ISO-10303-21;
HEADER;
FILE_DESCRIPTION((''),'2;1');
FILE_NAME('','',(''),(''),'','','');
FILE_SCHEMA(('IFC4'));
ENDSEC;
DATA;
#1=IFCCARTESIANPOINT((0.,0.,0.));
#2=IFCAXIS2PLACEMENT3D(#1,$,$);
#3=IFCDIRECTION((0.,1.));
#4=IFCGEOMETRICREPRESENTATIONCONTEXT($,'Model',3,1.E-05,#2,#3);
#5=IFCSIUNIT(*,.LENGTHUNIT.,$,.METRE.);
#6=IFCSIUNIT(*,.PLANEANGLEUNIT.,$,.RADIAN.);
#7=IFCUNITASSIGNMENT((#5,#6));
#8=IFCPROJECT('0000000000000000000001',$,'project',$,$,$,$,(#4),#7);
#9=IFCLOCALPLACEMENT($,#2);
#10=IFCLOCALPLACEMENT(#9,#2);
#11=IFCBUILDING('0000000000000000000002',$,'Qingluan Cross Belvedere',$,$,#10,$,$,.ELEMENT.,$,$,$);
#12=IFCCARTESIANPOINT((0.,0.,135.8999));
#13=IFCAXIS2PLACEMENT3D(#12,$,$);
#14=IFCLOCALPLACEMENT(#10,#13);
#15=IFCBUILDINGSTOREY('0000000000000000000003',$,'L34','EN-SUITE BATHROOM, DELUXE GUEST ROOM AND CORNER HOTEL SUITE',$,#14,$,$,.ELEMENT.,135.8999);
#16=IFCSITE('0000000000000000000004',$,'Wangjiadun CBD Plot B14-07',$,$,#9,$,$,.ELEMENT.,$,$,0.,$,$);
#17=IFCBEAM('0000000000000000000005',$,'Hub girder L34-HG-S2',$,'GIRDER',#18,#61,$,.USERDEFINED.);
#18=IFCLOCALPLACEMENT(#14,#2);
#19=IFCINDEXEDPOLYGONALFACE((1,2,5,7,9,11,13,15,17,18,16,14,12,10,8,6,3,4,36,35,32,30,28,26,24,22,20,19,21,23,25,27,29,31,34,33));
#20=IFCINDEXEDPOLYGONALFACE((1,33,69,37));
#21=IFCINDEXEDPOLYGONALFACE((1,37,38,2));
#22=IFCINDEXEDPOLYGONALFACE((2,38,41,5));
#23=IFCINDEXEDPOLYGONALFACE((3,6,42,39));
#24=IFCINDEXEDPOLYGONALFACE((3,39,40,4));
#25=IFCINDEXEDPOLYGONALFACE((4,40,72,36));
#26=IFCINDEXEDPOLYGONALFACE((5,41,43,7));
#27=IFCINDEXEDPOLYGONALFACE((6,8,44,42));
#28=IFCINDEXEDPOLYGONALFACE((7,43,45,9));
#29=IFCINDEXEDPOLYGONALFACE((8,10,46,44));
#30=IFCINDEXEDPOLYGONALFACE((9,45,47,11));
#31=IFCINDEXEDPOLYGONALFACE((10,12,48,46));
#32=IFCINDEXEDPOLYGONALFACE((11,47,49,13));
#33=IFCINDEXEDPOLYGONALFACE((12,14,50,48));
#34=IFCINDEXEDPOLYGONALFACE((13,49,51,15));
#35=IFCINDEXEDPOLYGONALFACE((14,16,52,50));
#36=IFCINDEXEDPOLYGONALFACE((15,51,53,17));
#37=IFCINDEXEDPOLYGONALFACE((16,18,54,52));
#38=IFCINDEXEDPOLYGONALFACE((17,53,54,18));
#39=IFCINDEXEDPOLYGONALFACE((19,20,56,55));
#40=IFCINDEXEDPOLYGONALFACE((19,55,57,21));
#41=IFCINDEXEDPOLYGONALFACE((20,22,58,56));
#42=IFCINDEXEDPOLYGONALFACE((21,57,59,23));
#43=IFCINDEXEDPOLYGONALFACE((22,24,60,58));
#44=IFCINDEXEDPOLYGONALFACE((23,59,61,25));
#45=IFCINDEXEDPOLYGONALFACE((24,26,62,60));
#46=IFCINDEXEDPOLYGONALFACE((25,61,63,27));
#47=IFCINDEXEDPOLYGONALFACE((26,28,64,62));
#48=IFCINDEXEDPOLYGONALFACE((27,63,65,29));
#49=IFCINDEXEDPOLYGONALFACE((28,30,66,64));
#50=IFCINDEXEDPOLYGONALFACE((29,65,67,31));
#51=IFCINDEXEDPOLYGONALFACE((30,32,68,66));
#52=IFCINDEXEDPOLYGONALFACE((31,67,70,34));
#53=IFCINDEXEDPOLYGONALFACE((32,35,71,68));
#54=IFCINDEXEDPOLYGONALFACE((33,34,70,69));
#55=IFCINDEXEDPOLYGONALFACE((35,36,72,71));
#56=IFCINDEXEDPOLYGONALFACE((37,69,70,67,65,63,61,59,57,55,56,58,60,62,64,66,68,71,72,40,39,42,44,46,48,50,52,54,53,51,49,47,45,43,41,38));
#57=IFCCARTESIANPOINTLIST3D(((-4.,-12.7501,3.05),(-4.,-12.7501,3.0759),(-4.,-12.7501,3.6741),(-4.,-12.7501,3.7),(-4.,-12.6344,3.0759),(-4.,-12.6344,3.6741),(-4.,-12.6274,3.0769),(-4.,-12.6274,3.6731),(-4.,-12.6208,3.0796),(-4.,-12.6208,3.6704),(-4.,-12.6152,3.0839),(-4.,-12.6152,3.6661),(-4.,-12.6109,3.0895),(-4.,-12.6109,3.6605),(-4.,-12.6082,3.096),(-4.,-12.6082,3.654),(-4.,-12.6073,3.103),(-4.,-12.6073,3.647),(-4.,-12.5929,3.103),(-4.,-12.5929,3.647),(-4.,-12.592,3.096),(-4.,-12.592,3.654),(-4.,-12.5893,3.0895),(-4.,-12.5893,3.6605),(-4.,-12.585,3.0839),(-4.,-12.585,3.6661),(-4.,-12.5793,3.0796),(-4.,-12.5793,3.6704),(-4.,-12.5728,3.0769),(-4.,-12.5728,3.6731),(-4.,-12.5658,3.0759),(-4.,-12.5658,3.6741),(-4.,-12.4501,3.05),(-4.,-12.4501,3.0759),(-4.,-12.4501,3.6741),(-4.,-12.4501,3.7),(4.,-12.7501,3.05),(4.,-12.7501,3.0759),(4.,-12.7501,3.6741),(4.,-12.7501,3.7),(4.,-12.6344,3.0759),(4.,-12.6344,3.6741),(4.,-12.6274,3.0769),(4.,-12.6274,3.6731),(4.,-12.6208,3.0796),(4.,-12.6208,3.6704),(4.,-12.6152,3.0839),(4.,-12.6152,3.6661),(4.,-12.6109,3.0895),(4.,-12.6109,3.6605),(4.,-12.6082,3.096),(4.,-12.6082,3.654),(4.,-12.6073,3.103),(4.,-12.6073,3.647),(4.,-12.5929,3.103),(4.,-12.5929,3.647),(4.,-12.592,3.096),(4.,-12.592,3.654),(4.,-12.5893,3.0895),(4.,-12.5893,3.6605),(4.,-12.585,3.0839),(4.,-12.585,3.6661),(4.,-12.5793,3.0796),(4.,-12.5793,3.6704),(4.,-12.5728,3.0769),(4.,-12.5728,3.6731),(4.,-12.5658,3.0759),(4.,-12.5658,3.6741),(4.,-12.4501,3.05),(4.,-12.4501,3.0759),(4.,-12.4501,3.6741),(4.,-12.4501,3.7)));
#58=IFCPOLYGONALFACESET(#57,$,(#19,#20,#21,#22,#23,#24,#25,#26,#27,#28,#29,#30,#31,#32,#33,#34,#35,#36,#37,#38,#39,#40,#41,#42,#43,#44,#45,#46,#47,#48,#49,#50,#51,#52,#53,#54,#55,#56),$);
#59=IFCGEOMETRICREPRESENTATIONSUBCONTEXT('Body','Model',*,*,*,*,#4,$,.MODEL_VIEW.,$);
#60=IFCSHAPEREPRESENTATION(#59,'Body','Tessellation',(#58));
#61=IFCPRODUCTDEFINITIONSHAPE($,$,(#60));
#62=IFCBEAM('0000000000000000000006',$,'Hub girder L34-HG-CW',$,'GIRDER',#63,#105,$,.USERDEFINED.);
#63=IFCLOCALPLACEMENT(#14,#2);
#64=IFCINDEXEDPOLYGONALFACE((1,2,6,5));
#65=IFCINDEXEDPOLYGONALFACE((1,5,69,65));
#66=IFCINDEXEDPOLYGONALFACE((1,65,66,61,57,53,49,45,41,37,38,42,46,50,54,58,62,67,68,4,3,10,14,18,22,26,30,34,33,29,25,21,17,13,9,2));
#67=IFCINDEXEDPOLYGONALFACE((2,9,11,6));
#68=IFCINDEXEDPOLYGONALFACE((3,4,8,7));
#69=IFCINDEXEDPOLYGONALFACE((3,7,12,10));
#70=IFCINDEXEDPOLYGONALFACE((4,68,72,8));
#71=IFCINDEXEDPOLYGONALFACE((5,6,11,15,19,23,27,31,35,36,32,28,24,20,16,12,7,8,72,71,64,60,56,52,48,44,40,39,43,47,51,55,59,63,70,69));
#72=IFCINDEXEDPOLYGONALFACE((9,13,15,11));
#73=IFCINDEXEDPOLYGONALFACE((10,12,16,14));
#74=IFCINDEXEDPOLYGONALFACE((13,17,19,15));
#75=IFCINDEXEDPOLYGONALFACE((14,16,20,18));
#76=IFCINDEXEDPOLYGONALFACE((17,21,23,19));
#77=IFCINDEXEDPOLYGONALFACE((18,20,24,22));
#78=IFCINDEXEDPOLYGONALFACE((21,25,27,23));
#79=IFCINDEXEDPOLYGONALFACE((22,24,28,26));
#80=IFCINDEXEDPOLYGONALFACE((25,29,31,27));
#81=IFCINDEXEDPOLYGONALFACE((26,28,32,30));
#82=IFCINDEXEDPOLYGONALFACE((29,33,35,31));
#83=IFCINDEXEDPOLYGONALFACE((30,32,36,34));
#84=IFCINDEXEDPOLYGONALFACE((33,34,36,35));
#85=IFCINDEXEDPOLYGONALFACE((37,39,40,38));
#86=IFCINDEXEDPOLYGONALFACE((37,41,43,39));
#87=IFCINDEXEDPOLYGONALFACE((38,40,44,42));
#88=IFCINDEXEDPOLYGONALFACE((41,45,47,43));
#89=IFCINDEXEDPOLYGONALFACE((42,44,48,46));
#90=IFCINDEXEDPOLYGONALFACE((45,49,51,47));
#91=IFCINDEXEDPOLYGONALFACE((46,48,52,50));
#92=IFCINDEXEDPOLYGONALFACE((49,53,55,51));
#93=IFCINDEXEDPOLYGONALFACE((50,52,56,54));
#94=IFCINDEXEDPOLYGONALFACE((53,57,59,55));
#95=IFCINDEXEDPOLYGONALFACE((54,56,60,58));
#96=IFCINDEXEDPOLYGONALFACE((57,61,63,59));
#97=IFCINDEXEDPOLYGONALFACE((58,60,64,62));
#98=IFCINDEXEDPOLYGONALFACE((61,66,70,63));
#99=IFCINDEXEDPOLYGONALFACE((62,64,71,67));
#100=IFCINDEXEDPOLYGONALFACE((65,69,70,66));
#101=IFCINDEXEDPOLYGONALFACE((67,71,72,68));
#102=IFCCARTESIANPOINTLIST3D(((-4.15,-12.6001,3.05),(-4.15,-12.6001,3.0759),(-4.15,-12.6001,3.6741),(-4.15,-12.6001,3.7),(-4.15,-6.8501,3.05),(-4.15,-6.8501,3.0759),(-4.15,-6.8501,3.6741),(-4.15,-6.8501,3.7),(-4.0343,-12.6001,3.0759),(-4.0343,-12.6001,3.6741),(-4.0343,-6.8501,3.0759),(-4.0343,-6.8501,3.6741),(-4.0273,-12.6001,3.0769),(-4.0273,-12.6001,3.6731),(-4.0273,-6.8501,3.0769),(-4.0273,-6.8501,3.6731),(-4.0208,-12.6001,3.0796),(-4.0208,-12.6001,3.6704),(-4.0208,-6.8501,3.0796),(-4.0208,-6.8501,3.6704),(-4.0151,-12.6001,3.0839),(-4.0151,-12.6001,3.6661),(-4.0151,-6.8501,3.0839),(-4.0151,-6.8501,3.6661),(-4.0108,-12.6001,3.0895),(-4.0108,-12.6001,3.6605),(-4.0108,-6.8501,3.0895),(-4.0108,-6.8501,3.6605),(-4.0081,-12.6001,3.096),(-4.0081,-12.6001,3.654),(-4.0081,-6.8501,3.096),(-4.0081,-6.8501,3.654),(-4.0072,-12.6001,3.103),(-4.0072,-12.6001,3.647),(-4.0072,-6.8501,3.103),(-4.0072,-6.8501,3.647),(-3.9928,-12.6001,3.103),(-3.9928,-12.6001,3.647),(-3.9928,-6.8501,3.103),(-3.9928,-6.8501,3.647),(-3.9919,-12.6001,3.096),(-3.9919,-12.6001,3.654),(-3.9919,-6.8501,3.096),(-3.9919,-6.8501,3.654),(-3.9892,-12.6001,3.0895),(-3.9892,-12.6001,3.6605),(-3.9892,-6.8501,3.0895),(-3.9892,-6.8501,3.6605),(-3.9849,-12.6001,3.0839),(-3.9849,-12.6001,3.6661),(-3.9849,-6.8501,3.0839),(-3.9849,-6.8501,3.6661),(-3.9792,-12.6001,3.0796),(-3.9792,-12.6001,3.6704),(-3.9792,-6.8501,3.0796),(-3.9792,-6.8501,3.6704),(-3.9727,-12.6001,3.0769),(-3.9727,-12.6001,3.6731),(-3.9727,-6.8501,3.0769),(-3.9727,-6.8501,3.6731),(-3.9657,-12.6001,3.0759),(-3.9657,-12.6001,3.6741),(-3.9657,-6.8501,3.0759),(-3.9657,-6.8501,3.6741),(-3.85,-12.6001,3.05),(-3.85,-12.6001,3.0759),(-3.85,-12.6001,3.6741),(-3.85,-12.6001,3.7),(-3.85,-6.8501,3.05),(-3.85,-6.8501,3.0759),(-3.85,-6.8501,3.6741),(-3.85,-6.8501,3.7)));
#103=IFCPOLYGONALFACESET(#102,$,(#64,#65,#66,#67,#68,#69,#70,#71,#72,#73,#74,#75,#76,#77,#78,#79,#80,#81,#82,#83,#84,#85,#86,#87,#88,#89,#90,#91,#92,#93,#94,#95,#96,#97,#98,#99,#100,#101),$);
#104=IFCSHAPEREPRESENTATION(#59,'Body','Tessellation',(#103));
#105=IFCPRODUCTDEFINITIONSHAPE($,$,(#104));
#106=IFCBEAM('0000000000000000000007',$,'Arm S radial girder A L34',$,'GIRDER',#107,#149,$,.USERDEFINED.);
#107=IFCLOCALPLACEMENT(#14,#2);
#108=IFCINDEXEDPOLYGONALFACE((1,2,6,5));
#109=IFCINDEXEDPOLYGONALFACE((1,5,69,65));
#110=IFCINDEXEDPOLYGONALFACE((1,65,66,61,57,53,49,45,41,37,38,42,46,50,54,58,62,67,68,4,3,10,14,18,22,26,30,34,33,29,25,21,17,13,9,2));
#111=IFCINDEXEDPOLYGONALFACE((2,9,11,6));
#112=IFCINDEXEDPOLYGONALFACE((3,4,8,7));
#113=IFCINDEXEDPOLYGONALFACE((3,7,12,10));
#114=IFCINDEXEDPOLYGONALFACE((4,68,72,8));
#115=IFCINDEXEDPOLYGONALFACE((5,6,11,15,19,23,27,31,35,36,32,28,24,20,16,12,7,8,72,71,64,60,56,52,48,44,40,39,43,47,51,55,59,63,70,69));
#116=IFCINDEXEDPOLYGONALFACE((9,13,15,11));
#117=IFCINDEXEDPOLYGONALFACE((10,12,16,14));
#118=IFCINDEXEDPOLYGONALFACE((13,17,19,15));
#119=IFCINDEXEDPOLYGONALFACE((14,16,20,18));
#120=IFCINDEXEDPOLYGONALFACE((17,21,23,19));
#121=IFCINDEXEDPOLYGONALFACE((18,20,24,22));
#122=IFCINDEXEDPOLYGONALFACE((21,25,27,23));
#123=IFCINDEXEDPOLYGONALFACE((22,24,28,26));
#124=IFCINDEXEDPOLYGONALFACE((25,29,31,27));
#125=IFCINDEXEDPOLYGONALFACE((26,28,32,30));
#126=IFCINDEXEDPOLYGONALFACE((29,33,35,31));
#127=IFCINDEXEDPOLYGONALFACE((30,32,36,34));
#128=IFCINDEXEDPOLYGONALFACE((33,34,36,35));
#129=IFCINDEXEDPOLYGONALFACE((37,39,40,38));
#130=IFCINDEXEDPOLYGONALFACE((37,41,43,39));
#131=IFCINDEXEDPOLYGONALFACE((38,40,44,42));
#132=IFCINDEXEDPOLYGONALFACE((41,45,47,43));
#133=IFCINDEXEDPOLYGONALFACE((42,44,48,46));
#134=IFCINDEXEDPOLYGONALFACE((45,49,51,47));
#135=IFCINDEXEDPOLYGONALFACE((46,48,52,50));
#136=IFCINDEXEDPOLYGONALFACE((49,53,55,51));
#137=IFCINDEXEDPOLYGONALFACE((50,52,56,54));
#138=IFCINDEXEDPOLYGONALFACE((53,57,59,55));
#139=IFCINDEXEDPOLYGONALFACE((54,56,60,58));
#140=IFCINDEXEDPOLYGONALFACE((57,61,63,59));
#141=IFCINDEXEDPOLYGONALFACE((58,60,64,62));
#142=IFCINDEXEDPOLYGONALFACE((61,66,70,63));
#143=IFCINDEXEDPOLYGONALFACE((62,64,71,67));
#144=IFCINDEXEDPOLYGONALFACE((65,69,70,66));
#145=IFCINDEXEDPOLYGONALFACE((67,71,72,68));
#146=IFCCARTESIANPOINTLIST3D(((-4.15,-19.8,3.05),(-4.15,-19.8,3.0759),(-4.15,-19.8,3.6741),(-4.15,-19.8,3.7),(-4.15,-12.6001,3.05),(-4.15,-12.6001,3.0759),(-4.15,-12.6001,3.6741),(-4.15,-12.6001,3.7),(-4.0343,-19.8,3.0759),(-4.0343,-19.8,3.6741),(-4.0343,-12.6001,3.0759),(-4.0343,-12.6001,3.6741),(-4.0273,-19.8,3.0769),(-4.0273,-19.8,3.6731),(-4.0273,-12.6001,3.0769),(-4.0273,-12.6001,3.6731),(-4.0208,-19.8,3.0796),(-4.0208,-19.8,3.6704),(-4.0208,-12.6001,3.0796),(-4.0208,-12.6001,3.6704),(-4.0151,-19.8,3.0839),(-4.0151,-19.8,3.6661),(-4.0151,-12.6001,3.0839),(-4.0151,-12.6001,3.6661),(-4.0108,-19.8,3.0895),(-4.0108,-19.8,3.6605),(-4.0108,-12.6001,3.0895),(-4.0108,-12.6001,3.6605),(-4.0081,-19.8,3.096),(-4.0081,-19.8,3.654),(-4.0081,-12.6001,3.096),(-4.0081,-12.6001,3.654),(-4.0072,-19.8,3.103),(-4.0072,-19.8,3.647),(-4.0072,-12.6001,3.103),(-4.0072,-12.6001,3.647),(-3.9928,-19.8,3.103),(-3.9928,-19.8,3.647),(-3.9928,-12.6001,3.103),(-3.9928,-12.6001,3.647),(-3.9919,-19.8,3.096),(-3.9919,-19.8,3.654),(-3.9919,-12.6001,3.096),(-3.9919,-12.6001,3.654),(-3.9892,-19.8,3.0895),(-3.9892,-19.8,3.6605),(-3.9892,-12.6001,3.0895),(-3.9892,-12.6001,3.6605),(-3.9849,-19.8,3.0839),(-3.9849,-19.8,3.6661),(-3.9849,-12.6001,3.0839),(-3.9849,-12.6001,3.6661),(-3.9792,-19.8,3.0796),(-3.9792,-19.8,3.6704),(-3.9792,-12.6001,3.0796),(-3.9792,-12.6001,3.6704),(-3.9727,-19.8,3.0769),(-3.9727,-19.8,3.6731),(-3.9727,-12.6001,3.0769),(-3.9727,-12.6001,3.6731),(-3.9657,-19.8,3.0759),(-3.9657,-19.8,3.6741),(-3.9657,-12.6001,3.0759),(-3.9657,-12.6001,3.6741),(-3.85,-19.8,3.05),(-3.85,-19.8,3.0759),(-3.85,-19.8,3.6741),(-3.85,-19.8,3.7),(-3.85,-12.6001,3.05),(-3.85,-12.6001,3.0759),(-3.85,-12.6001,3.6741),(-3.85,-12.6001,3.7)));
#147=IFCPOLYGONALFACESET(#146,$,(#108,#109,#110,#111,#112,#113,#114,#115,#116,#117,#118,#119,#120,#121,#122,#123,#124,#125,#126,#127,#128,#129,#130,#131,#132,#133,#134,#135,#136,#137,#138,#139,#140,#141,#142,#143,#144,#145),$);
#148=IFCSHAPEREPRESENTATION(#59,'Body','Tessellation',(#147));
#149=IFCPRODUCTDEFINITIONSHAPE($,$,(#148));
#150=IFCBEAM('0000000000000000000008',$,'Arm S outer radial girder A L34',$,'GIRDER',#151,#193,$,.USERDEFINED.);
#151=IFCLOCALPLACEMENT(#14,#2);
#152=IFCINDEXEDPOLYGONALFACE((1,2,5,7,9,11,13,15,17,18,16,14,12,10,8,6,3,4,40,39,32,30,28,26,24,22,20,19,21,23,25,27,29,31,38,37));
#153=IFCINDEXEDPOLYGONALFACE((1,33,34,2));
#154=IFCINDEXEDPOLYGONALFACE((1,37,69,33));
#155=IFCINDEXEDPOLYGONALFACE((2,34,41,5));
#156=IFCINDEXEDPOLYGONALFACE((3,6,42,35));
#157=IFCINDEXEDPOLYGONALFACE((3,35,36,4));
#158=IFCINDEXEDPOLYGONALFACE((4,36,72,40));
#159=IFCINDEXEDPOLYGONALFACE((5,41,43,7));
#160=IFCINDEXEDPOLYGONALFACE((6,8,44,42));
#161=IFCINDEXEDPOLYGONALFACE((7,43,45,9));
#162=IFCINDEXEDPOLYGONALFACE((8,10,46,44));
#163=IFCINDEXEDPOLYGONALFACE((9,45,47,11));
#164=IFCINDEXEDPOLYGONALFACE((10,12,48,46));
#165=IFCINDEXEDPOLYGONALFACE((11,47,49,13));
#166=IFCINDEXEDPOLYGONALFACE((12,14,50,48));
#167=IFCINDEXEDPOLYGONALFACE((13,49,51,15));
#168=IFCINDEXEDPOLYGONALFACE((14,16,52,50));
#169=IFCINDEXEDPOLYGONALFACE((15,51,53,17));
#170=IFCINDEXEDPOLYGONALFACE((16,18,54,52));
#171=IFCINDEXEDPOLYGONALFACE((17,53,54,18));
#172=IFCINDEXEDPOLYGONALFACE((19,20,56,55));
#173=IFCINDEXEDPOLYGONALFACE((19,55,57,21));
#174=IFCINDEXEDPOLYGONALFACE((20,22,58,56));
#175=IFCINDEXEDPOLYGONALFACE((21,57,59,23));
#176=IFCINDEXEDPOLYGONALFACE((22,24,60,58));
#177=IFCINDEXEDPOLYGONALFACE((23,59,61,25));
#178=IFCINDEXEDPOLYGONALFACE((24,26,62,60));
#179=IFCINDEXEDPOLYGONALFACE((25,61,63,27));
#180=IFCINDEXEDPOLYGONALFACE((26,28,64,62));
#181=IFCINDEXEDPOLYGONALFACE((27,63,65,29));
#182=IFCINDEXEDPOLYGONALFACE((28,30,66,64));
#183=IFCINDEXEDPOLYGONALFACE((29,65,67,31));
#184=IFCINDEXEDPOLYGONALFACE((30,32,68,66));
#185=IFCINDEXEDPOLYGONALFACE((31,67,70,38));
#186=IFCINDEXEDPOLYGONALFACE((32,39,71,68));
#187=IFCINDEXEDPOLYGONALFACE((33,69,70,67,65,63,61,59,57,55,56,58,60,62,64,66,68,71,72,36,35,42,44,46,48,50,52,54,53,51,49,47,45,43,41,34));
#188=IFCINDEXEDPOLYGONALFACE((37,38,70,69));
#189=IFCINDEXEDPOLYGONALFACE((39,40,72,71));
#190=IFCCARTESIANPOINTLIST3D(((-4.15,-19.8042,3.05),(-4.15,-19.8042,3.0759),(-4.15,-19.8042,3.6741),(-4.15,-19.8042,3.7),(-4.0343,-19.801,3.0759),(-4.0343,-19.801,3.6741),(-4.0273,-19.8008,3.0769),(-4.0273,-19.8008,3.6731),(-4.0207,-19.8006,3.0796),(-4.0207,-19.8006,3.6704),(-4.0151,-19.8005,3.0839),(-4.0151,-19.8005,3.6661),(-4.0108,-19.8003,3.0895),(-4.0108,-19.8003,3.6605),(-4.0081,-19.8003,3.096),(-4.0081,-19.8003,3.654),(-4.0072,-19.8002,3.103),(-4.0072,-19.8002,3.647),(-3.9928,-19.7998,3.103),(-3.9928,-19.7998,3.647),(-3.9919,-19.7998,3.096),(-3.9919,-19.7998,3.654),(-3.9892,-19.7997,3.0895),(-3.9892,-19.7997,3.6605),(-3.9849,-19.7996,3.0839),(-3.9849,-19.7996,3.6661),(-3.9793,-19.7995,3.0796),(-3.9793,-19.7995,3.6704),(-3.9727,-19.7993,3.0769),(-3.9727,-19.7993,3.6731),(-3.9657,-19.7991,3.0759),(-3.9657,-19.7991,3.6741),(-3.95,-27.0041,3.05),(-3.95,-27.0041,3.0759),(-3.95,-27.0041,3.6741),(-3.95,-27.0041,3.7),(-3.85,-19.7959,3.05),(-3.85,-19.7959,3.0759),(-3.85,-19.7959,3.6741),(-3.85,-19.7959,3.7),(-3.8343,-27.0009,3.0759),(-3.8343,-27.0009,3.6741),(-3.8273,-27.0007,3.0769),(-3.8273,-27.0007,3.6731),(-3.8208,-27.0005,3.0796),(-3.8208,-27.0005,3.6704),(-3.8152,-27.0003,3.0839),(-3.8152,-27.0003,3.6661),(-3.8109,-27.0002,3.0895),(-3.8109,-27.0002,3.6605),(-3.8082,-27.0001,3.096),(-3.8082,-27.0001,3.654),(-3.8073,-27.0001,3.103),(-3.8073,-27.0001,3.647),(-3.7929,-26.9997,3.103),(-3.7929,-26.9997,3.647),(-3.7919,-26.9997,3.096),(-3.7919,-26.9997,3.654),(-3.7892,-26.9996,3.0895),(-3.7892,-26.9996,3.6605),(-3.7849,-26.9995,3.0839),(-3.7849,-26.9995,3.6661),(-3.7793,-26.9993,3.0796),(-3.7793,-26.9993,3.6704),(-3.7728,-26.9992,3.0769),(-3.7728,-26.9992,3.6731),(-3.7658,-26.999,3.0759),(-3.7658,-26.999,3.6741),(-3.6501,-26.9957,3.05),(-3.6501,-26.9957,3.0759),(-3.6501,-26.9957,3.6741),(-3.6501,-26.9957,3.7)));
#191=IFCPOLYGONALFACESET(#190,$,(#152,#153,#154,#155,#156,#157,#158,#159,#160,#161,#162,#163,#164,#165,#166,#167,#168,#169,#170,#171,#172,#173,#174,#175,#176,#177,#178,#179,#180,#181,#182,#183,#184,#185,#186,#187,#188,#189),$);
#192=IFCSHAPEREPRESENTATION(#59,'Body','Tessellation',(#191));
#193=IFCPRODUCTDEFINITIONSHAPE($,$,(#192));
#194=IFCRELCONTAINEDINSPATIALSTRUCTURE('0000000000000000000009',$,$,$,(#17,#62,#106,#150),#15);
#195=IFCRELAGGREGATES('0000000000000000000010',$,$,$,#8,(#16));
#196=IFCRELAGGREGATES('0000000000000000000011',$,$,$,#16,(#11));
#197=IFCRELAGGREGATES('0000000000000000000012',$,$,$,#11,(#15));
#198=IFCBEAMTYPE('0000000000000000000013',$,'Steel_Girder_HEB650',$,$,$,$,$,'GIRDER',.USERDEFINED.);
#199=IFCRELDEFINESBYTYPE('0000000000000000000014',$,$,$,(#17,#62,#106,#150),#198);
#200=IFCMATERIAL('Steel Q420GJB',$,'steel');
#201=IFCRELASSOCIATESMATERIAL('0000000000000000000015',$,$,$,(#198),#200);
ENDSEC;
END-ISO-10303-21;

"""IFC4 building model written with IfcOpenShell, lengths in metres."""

from ifc_helpers import new_model, si_unit, direction, frame, origin, origin_2d, place, context, subcontext, project, spatial, i_section, extrude, material, material_profile, profile_set, type_object, element, save


model = new_model("IFC4")

# Units and contexts
model_context = context("Model", 3, precision=1e-05, world=origin(), true_north=direction((0.0, 1.0)))
body_context = subcontext(model_context, "Body", "Model", "MODEL_VIEW")
ifc_project = project(units=[si_unit("LENGTHUNIT", "METRE"), si_unit("PLANEANGLEUNIT", "RADIAN")], contexts=[model_context])

# Site, building, storey
site_placement = place(None, origin())
site = spatial("IfcSite", under=ifc_project, at=site_placement, Name="Wangjiadun CBD Plot B14-07", CompositionType="ELEMENT", RefElevation=0.0)
building_placement = place(site_placement, origin())
building = spatial("IfcBuilding", under=site, at=building_placement, Name="Qingluan Cross Belvedere", CompositionType="ELEMENT")
storey_placement = place(building_placement, frame((0.0, 0.0, 135.8999)))
storey = spatial("IfcBuildingStorey", under=building, at=storey_placement, Name="L34", Description="EN-SUITE BATHROOM, DELUXE GUEST ROOM AND CORNER HOTEL SUITE", CompositionType="ELEMENT", Elevation=135.8999)

# Beams
ifc_material_1 = material(Name="Steel Q420GJB", Category="steel")
ifc_material_profile_1 = material_profile(ifc_material_1, i_section(OverallWidth=0.3, OverallDepth=0.6499, WebThickness=0.0144, FlangeThickness=0.0259, FilletRadius=0.0271, at=origin_2d()), Name="HEB650")
ifc_profile_set_1 = profile_set([ifc_material_profile_1], Name="Steel Q420GJB")
beam_type_1 = type_object("IfcBeamType", Name="Steel_Girder_HEB650", ElementType="GIRDER", PredefinedType="USERDEFINED", material=ifc_profile_set_1)
beam_1_placement = place(storey_placement, frame((-4.0, -12.6001, 3.375), z_axis=(1.0, 0.0, 0.0), x_axis=(0.0, 1.0, 0.0)))
element("IfcBeam", 1, at=beam_1_placement, inside=storey, type_object=beam_type_1, Name="Hub girder L34-HG-S2", ObjectType="GIRDER", PredefinedType="USERDEFINED", context=body_context, shape_type="SweptSolid", body=[
    extrude(i_section(OverallWidth=0.3, OverallDepth=0.6499, WebThickness=0.0144, FlangeThickness=0.0259, FilletRadius=0.0271, at=origin_2d()), origin(), (0.0, 0.0, 1.0), 8.0),
])
beam_2_placement = place(storey_placement, frame((-4.0, -12.6001, 3.375), z_axis=(0.0, 1.0, 0.0), x_axis=(-1.0, 0.0, 0.0)))
element("IfcBeam", 2, at=beam_2_placement, inside=storey, type_object=beam_type_1, Name="Hub girder L34-HG-CW", ObjectType="GIRDER", PredefinedType="USERDEFINED", context=body_context, shape_type="SweptSolid", body=[
    extrude(i_section(OverallWidth=0.3, OverallDepth=0.6499, WebThickness=0.0144, FlangeThickness=0.0259, FilletRadius=0.0271, at=origin_2d()), origin(), (0.0, 0.0, 1.0), 5.75),
])
beam_3_placement = place(storey_placement, frame((-4.0, -12.6001, 3.375), z_axis=(0.0, -1.0, 0.0), x_axis=(1.0, 0.0, 0.0)))
element("IfcBeam", 3, at=beam_3_placement, inside=storey, type_object=beam_type_1, Name="Arm S radial girder A L34", ObjectType="GIRDER", PredefinedType="USERDEFINED", context=body_context, shape_type="SweptSolid", body=[
    extrude(i_section(OverallWidth=0.3, OverallDepth=0.6499, WebThickness=0.0144, FlangeThickness=0.0259, FilletRadius=0.0271, at=origin_2d()), origin(), (0.0, 0.0, 1.0), 7.2),
])
beam_4_placement = place(storey_placement, frame((-4.0, -19.8, 3.375), z_axis=(0.02776, -0.999615, 0.0), x_axis=(0.999615, 0.02776, 0.0)))
element("IfcBeam", 4, at=beam_4_placement, inside=storey, type_object=beam_type_1, Name="Arm S outer radial girder A L34", ObjectType="GIRDER", PredefinedType="USERDEFINED", context=body_context, shape_type="SweptSolid", body=[
    extrude(i_section(OverallWidth=0.3, OverallDepth=0.6499, WebThickness=0.0144, FlangeThickness=0.0259, FilletRadius=0.0271, at=origin_2d()), origin(), (0.0, 0.0, 1.0), 7.2026),
])

save(model, "model.ifc")
